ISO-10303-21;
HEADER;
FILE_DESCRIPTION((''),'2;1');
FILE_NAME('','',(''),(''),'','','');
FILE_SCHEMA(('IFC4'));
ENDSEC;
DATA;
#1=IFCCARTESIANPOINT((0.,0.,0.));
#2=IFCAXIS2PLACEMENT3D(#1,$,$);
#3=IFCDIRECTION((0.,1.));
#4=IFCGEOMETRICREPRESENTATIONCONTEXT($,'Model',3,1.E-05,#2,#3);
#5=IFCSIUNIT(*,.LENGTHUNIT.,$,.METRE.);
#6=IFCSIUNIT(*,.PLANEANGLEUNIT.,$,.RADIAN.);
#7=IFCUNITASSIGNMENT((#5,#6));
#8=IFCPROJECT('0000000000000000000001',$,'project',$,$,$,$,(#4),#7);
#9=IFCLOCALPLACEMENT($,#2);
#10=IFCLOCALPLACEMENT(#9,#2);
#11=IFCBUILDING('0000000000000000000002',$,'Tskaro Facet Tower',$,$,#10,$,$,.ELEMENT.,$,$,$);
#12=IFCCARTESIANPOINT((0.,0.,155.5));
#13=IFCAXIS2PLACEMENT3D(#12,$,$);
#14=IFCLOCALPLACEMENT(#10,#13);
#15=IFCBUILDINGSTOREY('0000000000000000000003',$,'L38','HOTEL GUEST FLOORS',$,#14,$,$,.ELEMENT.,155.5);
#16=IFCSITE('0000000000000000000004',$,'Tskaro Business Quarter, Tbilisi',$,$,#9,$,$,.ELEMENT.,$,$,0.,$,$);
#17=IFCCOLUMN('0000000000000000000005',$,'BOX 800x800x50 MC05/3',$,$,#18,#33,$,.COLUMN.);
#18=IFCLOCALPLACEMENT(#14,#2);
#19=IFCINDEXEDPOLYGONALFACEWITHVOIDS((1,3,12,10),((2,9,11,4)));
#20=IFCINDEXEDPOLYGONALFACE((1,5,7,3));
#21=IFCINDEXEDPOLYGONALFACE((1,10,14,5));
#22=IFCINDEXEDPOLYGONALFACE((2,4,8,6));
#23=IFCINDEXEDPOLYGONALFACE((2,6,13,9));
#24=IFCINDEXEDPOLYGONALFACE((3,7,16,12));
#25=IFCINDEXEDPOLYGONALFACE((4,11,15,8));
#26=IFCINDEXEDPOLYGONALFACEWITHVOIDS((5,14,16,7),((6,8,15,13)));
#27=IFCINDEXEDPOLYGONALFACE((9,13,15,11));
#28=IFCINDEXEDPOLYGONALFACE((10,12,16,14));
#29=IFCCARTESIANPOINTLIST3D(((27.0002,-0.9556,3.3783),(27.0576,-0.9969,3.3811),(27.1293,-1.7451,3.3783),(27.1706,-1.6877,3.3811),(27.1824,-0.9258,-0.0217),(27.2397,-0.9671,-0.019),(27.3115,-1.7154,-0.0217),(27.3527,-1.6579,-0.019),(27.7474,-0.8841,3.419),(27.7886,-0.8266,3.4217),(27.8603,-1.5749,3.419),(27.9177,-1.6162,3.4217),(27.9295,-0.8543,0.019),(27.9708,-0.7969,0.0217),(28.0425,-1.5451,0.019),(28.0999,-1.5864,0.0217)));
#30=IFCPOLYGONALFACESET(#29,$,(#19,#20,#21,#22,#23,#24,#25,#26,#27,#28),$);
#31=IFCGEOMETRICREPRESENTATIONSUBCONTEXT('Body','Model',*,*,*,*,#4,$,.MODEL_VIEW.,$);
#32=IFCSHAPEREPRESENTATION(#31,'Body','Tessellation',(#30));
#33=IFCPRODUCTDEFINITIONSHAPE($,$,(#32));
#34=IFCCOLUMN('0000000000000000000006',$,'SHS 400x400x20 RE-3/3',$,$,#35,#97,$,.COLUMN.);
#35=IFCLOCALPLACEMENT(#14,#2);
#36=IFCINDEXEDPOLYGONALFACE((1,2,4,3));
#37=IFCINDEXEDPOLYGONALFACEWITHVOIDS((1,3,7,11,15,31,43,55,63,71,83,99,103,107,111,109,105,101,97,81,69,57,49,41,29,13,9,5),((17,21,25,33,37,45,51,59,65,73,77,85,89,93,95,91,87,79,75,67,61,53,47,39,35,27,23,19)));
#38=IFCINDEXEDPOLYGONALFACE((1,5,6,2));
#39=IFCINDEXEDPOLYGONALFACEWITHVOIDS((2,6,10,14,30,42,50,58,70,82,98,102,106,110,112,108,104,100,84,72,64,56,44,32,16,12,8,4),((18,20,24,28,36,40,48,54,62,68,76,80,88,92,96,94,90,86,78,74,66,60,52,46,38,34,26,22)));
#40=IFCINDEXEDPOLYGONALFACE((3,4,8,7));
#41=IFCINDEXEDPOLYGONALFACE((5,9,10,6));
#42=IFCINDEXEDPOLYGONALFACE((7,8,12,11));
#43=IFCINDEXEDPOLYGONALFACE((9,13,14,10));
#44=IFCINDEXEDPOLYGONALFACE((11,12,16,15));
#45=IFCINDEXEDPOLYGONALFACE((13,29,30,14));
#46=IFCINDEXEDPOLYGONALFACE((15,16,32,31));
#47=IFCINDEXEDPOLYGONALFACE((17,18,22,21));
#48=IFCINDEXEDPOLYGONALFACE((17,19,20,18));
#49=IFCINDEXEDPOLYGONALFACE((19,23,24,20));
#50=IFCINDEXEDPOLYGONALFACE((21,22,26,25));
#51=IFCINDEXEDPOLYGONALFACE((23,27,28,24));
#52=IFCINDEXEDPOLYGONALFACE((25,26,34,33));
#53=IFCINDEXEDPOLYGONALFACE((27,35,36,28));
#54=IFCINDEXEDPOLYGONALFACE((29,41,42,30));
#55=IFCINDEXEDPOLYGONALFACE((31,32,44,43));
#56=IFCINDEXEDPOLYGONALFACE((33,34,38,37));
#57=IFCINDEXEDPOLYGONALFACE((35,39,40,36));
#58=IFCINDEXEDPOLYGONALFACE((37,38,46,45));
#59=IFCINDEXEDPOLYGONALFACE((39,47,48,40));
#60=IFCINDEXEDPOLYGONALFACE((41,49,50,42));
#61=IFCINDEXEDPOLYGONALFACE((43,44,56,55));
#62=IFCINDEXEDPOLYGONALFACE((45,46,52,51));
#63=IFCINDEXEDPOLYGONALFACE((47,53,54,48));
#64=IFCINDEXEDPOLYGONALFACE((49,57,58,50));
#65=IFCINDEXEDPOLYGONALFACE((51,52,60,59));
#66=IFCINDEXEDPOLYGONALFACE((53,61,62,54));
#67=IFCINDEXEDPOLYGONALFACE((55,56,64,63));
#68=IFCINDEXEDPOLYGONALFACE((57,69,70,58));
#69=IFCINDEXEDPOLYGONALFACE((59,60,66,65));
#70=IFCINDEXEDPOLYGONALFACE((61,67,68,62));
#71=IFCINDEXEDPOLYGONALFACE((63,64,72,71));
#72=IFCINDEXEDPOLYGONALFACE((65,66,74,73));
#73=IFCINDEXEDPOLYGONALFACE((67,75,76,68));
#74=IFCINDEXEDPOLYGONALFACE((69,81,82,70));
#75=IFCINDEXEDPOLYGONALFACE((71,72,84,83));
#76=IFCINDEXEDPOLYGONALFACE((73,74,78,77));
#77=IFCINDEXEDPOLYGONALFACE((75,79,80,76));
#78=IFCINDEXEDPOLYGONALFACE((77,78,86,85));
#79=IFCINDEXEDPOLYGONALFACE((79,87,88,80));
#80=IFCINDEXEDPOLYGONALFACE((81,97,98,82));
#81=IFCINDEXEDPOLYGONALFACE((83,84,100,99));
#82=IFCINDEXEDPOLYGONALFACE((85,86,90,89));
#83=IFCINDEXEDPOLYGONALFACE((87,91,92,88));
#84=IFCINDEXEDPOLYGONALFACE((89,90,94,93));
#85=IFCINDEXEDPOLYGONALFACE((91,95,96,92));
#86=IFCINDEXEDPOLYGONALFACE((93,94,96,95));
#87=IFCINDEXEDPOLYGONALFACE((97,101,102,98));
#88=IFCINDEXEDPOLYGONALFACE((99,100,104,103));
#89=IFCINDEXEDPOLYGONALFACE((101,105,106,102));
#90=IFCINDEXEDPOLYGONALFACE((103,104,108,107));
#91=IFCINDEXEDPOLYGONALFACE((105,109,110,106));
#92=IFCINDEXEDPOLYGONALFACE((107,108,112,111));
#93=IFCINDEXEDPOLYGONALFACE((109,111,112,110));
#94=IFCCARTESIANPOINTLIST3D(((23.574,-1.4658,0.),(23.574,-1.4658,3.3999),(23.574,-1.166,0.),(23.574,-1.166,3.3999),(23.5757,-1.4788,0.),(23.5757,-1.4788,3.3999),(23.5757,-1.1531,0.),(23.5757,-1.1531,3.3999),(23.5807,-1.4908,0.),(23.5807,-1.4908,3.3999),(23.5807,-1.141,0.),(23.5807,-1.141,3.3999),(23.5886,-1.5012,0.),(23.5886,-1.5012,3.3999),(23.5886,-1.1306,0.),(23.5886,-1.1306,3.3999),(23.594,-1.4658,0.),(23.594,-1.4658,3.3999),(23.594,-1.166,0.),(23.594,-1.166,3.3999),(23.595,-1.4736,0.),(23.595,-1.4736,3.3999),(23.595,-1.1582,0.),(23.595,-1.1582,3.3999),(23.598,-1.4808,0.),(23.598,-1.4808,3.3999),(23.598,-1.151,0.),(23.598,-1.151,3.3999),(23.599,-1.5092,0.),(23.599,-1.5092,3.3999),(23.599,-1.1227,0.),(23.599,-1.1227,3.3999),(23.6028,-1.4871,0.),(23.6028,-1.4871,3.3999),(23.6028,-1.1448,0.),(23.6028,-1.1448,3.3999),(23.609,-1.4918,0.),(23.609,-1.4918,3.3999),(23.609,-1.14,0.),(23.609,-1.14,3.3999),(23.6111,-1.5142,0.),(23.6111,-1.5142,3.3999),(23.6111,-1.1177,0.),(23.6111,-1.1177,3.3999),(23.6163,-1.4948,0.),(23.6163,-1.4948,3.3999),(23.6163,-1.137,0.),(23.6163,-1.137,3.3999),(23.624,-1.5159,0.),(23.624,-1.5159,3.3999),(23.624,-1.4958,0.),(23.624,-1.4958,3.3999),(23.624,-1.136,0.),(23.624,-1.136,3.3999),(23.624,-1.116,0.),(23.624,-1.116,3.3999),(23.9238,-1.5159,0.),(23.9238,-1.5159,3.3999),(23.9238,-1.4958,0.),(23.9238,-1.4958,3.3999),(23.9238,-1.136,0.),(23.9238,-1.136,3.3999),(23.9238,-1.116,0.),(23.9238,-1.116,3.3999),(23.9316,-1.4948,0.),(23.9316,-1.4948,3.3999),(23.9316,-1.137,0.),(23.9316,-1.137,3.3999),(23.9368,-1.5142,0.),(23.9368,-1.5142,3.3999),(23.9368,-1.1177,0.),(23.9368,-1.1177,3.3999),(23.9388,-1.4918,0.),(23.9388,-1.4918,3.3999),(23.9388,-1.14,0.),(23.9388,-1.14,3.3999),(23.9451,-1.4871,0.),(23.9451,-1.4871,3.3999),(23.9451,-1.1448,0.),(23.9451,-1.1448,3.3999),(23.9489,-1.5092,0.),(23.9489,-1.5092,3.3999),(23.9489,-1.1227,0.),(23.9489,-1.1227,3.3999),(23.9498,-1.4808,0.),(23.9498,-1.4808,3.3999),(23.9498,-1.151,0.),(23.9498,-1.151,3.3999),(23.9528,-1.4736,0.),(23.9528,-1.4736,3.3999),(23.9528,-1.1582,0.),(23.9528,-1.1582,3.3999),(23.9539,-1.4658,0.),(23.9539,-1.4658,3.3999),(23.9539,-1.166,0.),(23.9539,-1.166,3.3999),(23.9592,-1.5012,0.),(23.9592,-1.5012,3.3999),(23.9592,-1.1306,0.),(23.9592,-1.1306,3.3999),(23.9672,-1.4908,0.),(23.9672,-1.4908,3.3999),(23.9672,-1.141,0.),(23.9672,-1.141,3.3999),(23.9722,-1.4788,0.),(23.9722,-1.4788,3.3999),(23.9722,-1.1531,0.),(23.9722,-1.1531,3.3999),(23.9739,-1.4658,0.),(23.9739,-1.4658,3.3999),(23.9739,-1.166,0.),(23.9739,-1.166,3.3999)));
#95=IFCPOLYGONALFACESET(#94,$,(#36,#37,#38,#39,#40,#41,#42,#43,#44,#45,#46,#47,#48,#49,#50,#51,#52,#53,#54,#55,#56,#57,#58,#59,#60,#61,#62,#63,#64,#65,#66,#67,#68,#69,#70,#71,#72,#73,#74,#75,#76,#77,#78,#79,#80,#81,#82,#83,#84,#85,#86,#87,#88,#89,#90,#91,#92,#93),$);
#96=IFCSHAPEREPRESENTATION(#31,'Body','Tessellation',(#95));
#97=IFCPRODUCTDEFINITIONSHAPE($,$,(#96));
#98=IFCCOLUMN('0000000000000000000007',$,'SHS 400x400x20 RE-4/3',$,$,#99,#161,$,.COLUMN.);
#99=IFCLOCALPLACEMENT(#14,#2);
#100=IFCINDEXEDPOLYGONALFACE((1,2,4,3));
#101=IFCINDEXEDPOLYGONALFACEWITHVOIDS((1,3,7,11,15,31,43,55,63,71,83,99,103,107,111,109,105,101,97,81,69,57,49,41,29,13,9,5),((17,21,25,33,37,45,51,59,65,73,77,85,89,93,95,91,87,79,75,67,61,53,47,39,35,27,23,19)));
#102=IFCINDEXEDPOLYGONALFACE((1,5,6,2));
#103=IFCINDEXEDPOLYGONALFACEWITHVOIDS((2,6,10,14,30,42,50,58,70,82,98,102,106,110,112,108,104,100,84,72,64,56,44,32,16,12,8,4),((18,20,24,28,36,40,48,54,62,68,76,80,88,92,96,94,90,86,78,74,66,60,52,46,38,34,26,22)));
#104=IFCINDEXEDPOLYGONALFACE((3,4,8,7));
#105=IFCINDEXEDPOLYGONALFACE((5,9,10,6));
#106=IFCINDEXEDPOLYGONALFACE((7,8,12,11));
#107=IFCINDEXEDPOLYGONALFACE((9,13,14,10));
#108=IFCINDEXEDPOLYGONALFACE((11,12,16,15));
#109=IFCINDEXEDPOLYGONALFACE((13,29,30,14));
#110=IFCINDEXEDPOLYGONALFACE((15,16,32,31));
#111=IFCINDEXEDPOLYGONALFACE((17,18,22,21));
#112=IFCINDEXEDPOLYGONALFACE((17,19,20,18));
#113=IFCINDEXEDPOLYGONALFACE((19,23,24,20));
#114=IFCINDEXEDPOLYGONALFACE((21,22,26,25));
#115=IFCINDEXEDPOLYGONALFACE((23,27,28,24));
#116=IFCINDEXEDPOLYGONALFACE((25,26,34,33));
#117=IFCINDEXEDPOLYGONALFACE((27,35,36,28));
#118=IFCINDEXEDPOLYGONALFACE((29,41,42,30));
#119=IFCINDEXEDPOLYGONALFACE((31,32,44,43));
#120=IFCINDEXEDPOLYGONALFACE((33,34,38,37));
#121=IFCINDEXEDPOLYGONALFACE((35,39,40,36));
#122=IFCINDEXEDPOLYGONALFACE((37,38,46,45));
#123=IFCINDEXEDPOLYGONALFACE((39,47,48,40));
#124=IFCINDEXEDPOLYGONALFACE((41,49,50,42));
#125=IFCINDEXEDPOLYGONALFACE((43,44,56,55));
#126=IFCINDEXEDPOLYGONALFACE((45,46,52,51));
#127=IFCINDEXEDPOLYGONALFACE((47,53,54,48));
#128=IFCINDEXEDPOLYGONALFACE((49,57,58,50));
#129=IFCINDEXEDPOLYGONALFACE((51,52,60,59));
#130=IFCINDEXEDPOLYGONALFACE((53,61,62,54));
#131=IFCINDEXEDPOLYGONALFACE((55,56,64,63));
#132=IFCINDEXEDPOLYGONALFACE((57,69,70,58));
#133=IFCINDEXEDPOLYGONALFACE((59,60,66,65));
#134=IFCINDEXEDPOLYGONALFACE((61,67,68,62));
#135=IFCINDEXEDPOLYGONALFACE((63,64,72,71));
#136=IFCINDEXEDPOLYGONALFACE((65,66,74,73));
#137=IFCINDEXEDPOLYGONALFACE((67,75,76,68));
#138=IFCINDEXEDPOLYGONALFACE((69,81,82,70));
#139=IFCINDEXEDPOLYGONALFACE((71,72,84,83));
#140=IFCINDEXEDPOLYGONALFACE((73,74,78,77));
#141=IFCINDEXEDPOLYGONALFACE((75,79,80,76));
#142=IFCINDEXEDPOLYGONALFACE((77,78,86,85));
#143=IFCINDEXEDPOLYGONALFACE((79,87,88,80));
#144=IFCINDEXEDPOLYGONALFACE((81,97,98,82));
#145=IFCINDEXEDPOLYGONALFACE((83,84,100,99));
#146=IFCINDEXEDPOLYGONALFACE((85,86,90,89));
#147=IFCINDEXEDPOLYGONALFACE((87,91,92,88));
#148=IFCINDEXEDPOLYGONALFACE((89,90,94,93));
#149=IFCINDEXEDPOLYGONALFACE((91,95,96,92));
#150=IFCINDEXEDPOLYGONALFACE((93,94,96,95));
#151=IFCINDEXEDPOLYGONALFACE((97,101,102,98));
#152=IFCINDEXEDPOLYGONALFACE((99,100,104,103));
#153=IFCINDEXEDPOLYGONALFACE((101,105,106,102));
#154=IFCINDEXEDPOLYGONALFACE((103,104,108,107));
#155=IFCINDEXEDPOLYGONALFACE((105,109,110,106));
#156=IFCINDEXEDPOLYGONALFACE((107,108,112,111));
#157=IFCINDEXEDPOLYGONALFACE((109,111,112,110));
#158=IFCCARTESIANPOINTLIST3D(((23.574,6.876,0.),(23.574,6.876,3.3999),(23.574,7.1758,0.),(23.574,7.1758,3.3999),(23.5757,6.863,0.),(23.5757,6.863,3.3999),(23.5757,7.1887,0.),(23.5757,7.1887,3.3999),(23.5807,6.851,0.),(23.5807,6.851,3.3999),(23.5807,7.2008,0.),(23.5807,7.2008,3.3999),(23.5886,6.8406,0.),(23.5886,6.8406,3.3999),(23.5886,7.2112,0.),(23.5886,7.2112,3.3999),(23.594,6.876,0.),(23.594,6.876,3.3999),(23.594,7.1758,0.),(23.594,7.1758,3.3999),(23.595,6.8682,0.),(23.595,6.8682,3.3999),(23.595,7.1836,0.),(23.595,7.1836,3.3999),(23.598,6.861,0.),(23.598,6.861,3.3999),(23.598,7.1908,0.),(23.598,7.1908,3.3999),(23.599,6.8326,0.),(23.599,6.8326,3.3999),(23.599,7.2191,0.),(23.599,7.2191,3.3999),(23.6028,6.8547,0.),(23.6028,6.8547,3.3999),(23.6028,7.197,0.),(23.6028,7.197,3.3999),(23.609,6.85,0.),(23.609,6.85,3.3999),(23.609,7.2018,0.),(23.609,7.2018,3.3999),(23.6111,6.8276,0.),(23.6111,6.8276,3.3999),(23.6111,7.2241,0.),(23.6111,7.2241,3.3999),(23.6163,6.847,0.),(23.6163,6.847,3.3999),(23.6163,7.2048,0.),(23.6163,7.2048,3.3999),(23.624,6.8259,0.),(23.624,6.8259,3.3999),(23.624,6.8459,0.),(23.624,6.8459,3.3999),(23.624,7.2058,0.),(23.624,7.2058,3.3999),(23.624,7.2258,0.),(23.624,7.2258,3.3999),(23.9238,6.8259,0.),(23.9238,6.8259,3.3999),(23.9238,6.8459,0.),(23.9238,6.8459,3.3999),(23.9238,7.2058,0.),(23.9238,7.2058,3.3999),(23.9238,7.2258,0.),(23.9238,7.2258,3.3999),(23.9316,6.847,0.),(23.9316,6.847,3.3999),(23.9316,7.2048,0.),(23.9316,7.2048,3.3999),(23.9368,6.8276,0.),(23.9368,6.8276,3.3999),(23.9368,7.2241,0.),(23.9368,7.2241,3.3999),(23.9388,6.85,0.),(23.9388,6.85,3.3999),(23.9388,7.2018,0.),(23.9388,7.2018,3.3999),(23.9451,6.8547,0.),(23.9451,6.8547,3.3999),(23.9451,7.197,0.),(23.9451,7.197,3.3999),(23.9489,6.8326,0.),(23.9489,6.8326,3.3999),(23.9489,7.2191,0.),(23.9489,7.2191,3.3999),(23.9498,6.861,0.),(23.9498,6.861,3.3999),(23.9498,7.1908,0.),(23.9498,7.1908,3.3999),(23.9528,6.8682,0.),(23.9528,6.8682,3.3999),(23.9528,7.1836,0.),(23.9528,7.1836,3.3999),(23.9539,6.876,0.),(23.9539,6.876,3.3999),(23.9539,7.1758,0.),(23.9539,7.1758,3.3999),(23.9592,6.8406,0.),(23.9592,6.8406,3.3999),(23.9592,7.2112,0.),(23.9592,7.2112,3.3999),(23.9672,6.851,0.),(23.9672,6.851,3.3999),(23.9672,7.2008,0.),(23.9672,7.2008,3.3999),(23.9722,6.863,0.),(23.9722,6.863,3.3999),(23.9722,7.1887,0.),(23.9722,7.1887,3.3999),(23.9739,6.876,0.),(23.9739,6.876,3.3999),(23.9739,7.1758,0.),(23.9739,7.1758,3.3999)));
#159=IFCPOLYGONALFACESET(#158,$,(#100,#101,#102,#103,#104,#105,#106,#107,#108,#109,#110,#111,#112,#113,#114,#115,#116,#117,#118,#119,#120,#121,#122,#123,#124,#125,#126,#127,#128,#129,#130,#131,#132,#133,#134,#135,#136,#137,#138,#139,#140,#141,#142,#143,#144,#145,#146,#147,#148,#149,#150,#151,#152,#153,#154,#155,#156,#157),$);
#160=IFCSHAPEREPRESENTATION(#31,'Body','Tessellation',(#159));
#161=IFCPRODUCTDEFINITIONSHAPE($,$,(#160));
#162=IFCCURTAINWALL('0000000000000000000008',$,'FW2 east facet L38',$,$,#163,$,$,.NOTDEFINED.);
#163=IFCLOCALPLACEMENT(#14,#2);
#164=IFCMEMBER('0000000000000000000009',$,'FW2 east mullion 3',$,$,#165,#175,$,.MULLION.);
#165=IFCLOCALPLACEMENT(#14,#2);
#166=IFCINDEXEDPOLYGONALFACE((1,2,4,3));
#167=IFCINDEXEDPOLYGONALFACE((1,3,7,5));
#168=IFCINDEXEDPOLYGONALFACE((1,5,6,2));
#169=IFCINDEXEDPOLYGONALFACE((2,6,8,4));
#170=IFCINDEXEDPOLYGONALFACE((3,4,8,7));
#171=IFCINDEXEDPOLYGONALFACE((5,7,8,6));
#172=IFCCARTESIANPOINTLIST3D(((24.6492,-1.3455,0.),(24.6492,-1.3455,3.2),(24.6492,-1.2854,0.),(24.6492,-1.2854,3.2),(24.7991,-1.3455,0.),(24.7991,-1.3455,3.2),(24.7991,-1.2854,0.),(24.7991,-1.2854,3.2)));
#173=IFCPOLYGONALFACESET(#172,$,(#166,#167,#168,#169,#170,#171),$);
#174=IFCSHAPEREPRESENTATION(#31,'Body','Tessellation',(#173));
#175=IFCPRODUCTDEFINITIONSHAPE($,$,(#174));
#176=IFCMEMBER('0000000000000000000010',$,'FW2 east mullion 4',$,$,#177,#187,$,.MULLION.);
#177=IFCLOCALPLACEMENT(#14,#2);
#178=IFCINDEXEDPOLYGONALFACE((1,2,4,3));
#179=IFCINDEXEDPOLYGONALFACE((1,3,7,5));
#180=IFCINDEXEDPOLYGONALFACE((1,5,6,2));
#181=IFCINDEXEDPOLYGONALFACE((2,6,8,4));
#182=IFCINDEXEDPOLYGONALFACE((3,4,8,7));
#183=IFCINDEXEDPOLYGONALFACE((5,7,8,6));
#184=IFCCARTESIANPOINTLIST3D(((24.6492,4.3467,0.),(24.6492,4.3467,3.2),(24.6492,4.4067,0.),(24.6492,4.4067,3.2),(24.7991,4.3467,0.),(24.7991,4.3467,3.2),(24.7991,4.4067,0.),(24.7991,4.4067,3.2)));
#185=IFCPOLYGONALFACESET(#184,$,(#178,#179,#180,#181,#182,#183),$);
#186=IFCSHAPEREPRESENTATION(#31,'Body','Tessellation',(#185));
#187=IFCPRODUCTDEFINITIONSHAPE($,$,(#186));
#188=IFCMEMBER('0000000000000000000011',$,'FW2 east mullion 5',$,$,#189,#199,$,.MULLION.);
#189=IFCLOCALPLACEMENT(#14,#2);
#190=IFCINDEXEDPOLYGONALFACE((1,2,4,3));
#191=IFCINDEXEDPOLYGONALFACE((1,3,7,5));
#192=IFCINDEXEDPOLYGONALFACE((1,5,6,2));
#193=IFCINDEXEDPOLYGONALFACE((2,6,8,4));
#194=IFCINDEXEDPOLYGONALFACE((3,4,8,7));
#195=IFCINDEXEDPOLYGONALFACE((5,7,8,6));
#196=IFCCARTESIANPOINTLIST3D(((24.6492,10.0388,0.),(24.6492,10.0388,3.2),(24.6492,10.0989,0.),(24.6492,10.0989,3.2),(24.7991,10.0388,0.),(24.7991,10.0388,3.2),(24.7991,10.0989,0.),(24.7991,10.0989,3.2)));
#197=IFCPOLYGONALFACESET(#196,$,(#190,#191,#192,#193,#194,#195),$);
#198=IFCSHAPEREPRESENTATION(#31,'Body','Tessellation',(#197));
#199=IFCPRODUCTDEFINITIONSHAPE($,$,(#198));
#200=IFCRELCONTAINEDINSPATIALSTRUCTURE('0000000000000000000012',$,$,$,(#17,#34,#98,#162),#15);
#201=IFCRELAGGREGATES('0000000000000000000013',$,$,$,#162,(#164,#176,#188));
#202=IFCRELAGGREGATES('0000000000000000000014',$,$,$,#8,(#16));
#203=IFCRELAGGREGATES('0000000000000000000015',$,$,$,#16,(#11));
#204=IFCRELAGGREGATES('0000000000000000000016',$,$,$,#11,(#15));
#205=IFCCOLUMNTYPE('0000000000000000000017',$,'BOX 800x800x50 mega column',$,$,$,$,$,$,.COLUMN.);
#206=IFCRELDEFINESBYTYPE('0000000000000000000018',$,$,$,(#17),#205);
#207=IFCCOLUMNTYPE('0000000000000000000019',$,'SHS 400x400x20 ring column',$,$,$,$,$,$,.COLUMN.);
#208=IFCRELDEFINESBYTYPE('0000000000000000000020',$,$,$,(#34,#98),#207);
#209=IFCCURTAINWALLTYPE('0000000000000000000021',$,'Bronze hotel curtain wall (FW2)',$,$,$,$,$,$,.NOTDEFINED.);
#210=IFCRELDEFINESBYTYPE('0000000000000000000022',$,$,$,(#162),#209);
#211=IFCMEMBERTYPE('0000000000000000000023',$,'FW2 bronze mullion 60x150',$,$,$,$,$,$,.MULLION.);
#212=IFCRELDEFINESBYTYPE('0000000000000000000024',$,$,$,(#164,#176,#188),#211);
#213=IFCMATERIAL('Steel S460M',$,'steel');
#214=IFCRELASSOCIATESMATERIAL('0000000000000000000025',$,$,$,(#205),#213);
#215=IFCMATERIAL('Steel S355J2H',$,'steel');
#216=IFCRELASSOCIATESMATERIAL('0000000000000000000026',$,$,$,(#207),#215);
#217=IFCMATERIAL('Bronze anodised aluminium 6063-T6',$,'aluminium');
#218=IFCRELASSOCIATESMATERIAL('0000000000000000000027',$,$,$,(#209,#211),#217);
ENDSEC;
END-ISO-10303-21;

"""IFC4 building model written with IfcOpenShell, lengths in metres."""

from ifc_helpers import new_model, si_unit, direction, frame, origin, origin_2d, place, context, subcontext, project, spatial, rectangle, hollow_rectangle, extrude, material, material_profile, profile_set, type_object, element, aggregate, save


model = new_model("IFC4")

# Units and contexts
model_context = context("Model", 3, precision=1e-05, world=origin(), true_north=direction((0.0, 1.0)))
body_context = subcontext(model_context, "Body", "Model", "MODEL_VIEW")
ifc_project = project(units=[si_unit("LENGTHUNIT", "METRE"), si_unit("PLANEANGLEUNIT", "RADIAN")], contexts=[model_context])

# Site, building, storey
site_placement = place(None, origin())
site = spatial("IfcSite", under=ifc_project, at=site_placement, Name="Tskaro Business Quarter, Tbilisi", CompositionType="ELEMENT", RefElevation=0.0)
building_placement = place(site_placement, origin())
building = spatial("IfcBuilding", under=site, at=building_placement, Name="Tskaro Facet Tower", CompositionType="ELEMENT")
storey_placement = place(building_placement, frame((0.0, 0.0, 155.5)))
storey = spatial("IfcBuildingStorey", under=building, at=storey_placement, Name="L38", Description="HOTEL GUEST FLOORS", CompositionType="ELEMENT", Elevation=155.5)

# Columns
ifc_material_1 = material(Name="Steel S460M", Category="steel")
ifc_material_profile_1 = material_profile(ifc_material_1, hollow_rectangle(XDim=0.8, YDim=0.8, WallThickness=0.05, at=origin_2d()), Name="BOX 800x800x50")
ifc_profile_set_1 = profile_set([ifc_material_profile_1], Name="Steel S460M")
column_type_1 = type_object("IfcColumnType", Name="BOX 800x800x50 mega column", PredefinedType="COLUMN", material=ifc_profile_set_1)
column_placement = place(storey_placement, frame((27.6411, -1.2561, 0.0), z_axis=(-0.05349, -0.008748, 0.99853), x_axis=(0.161395, -0.98689, 0.0)))
element("IfcColumn", 1, at=column_placement, inside=storey, type_object=column_type_1, Name="BOX 800x800x50 MC05/3", PredefinedType="COLUMN", context=body_context, shape_type="SweptSolid", body=[
    extrude(hollow_rectangle(XDim=0.8, YDim=0.8, WallThickness=0.05, at=origin_2d()), origin(), (0.0, 0.0, 1.0), 3.405),
])
ifc_material_2 = material(Name="Steel S355J2H", Category="steel")
ifc_material_profile_2 = material_profile(ifc_material_2, hollow_rectangle(XDim=0.3999, YDim=0.3999, WallThickness=0.02, InnerFilletRadius=0.03, OuterFilletRadius=0.05, at=origin_2d()), Name="SHS 400x400x20")
ifc_profile_set_2 = profile_set([ifc_material_profile_2], Name="Steel S355J2H")
column_type_2 = type_object("IfcColumnType", Name="SHS 400x400x20 ring column", PredefinedType="COLUMN", material=ifc_profile_set_2)
for number, where, z_axis, x_axis, name in (
    (2, (23.7739, -1.3159, 0.0), (0.0, 0.0, 1.0), (1.0, 0.0, 0.0), "SHS 400x400x20 RE-3/3"),
    (3, (23.7739, 7.0259, 0.0), (0.0, 0.0, 1.0), (1.0, 0.0, 0.0), "SHS 400x400x20 RE-4/3"),
):
    element("IfcColumn", number, at=place(storey_placement, frame(where, z_axis=z_axis, x_axis=x_axis)), inside=storey, type_object=column_type_2, Name=name, PredefinedType="COLUMN", context=body_context, shape_type="SweptSolid", body=[
        extrude(hollow_rectangle(XDim=0.3999, YDim=0.3999, WallThickness=0.02, InnerFilletRadius=0.03, OuterFilletRadius=0.05, at=origin_2d()), origin(), (0.0, 0.0, 1.0), 3.3999),
    ])

# Curtain wall, members
ifc_material_3 = material(Name="Bronze anodised aluminium 6063-T6", Category="aluminium")
curtain_wall_type = type_object("IfcCurtainWallType", Name="Bronze hotel curtain wall (FW2)", PredefinedType="NOTDEFINED", material=ifc_material_3)
curtain_wall_placement = place(storey_placement, origin())
curtain_wall = element("IfcCurtainWall", 4, at=curtain_wall_placement, inside=storey, type_object=curtain_wall_type, Name="FW2 east facet L38", PredefinedType="NOTDEFINED")
ifc_material_profile_3 = material_profile(ifc_material_3, rectangle(XDim=0.0601, YDim=0.1499, at=origin_2d()), Name="Mullion 60x150")
ifc_profile_set_3 = profile_set([ifc_material_profile_3], Name="Bronze anodised aluminium 6063-T6")
member_type_1 = type_object("IfcMemberType", Name="FW2 bronze mullion 60x150", PredefinedType="MULLION", material=ifc_profile_set_3)
member_1_placement = place(storey_placement, frame((24.7241, -1.3154, 0.0), z_axis=(0.0, 0.0, 1.0), x_axis=(0.0, 1.0, 0.0)))
member_1 = element("IfcMember", 5, at=member_1_placement, type_object=member_type_1, Name="FW2 east mullion 3", PredefinedType="MULLION", context=body_context, shape_type="SweptSolid", body=[
    extrude(rectangle(XDim=0.0601, YDim=0.1499, at=origin_2d()), origin(), (0.0, 0.0, 1.0), 3.2),
])
member_2_placement = place(storey_placement, frame((24.7241, 4.3767, 0.0), z_axis=(0.0, 0.0, 1.0), x_axis=(0.0, 1.0, 0.0)))
member_2 = element("IfcMember", 6, at=member_2_placement, type_object=member_type_1, Name="FW2 east mullion 4", PredefinedType="MULLION", context=body_context, shape_type="SweptSolid", body=[
    extrude(rectangle(XDim=0.0601, YDim=0.1499, at=origin_2d()), origin(), (0.0, 0.0, 1.0), 3.2),
])
member_3_placement = place(storey_placement, frame((24.7241, 10.0688, 0.0), z_axis=(0.0, 0.0, 1.0), x_axis=(0.0, 1.0, 0.0)))
member_3 = element("IfcMember", 7, at=member_3_placement, type_object=member_type_1, Name="FW2 east mullion 5", PredefinedType="MULLION", context=body_context, shape_type="SweptSolid", body=[
    extrude(rectangle(XDim=0.0601, YDim=0.1499, at=origin_2d()), origin(), (0.0, 0.0, 1.0), 3.2),
])

aggregate(curtain_wall, [member_1, member_2, member_3])

save(model, "model.ifc")
